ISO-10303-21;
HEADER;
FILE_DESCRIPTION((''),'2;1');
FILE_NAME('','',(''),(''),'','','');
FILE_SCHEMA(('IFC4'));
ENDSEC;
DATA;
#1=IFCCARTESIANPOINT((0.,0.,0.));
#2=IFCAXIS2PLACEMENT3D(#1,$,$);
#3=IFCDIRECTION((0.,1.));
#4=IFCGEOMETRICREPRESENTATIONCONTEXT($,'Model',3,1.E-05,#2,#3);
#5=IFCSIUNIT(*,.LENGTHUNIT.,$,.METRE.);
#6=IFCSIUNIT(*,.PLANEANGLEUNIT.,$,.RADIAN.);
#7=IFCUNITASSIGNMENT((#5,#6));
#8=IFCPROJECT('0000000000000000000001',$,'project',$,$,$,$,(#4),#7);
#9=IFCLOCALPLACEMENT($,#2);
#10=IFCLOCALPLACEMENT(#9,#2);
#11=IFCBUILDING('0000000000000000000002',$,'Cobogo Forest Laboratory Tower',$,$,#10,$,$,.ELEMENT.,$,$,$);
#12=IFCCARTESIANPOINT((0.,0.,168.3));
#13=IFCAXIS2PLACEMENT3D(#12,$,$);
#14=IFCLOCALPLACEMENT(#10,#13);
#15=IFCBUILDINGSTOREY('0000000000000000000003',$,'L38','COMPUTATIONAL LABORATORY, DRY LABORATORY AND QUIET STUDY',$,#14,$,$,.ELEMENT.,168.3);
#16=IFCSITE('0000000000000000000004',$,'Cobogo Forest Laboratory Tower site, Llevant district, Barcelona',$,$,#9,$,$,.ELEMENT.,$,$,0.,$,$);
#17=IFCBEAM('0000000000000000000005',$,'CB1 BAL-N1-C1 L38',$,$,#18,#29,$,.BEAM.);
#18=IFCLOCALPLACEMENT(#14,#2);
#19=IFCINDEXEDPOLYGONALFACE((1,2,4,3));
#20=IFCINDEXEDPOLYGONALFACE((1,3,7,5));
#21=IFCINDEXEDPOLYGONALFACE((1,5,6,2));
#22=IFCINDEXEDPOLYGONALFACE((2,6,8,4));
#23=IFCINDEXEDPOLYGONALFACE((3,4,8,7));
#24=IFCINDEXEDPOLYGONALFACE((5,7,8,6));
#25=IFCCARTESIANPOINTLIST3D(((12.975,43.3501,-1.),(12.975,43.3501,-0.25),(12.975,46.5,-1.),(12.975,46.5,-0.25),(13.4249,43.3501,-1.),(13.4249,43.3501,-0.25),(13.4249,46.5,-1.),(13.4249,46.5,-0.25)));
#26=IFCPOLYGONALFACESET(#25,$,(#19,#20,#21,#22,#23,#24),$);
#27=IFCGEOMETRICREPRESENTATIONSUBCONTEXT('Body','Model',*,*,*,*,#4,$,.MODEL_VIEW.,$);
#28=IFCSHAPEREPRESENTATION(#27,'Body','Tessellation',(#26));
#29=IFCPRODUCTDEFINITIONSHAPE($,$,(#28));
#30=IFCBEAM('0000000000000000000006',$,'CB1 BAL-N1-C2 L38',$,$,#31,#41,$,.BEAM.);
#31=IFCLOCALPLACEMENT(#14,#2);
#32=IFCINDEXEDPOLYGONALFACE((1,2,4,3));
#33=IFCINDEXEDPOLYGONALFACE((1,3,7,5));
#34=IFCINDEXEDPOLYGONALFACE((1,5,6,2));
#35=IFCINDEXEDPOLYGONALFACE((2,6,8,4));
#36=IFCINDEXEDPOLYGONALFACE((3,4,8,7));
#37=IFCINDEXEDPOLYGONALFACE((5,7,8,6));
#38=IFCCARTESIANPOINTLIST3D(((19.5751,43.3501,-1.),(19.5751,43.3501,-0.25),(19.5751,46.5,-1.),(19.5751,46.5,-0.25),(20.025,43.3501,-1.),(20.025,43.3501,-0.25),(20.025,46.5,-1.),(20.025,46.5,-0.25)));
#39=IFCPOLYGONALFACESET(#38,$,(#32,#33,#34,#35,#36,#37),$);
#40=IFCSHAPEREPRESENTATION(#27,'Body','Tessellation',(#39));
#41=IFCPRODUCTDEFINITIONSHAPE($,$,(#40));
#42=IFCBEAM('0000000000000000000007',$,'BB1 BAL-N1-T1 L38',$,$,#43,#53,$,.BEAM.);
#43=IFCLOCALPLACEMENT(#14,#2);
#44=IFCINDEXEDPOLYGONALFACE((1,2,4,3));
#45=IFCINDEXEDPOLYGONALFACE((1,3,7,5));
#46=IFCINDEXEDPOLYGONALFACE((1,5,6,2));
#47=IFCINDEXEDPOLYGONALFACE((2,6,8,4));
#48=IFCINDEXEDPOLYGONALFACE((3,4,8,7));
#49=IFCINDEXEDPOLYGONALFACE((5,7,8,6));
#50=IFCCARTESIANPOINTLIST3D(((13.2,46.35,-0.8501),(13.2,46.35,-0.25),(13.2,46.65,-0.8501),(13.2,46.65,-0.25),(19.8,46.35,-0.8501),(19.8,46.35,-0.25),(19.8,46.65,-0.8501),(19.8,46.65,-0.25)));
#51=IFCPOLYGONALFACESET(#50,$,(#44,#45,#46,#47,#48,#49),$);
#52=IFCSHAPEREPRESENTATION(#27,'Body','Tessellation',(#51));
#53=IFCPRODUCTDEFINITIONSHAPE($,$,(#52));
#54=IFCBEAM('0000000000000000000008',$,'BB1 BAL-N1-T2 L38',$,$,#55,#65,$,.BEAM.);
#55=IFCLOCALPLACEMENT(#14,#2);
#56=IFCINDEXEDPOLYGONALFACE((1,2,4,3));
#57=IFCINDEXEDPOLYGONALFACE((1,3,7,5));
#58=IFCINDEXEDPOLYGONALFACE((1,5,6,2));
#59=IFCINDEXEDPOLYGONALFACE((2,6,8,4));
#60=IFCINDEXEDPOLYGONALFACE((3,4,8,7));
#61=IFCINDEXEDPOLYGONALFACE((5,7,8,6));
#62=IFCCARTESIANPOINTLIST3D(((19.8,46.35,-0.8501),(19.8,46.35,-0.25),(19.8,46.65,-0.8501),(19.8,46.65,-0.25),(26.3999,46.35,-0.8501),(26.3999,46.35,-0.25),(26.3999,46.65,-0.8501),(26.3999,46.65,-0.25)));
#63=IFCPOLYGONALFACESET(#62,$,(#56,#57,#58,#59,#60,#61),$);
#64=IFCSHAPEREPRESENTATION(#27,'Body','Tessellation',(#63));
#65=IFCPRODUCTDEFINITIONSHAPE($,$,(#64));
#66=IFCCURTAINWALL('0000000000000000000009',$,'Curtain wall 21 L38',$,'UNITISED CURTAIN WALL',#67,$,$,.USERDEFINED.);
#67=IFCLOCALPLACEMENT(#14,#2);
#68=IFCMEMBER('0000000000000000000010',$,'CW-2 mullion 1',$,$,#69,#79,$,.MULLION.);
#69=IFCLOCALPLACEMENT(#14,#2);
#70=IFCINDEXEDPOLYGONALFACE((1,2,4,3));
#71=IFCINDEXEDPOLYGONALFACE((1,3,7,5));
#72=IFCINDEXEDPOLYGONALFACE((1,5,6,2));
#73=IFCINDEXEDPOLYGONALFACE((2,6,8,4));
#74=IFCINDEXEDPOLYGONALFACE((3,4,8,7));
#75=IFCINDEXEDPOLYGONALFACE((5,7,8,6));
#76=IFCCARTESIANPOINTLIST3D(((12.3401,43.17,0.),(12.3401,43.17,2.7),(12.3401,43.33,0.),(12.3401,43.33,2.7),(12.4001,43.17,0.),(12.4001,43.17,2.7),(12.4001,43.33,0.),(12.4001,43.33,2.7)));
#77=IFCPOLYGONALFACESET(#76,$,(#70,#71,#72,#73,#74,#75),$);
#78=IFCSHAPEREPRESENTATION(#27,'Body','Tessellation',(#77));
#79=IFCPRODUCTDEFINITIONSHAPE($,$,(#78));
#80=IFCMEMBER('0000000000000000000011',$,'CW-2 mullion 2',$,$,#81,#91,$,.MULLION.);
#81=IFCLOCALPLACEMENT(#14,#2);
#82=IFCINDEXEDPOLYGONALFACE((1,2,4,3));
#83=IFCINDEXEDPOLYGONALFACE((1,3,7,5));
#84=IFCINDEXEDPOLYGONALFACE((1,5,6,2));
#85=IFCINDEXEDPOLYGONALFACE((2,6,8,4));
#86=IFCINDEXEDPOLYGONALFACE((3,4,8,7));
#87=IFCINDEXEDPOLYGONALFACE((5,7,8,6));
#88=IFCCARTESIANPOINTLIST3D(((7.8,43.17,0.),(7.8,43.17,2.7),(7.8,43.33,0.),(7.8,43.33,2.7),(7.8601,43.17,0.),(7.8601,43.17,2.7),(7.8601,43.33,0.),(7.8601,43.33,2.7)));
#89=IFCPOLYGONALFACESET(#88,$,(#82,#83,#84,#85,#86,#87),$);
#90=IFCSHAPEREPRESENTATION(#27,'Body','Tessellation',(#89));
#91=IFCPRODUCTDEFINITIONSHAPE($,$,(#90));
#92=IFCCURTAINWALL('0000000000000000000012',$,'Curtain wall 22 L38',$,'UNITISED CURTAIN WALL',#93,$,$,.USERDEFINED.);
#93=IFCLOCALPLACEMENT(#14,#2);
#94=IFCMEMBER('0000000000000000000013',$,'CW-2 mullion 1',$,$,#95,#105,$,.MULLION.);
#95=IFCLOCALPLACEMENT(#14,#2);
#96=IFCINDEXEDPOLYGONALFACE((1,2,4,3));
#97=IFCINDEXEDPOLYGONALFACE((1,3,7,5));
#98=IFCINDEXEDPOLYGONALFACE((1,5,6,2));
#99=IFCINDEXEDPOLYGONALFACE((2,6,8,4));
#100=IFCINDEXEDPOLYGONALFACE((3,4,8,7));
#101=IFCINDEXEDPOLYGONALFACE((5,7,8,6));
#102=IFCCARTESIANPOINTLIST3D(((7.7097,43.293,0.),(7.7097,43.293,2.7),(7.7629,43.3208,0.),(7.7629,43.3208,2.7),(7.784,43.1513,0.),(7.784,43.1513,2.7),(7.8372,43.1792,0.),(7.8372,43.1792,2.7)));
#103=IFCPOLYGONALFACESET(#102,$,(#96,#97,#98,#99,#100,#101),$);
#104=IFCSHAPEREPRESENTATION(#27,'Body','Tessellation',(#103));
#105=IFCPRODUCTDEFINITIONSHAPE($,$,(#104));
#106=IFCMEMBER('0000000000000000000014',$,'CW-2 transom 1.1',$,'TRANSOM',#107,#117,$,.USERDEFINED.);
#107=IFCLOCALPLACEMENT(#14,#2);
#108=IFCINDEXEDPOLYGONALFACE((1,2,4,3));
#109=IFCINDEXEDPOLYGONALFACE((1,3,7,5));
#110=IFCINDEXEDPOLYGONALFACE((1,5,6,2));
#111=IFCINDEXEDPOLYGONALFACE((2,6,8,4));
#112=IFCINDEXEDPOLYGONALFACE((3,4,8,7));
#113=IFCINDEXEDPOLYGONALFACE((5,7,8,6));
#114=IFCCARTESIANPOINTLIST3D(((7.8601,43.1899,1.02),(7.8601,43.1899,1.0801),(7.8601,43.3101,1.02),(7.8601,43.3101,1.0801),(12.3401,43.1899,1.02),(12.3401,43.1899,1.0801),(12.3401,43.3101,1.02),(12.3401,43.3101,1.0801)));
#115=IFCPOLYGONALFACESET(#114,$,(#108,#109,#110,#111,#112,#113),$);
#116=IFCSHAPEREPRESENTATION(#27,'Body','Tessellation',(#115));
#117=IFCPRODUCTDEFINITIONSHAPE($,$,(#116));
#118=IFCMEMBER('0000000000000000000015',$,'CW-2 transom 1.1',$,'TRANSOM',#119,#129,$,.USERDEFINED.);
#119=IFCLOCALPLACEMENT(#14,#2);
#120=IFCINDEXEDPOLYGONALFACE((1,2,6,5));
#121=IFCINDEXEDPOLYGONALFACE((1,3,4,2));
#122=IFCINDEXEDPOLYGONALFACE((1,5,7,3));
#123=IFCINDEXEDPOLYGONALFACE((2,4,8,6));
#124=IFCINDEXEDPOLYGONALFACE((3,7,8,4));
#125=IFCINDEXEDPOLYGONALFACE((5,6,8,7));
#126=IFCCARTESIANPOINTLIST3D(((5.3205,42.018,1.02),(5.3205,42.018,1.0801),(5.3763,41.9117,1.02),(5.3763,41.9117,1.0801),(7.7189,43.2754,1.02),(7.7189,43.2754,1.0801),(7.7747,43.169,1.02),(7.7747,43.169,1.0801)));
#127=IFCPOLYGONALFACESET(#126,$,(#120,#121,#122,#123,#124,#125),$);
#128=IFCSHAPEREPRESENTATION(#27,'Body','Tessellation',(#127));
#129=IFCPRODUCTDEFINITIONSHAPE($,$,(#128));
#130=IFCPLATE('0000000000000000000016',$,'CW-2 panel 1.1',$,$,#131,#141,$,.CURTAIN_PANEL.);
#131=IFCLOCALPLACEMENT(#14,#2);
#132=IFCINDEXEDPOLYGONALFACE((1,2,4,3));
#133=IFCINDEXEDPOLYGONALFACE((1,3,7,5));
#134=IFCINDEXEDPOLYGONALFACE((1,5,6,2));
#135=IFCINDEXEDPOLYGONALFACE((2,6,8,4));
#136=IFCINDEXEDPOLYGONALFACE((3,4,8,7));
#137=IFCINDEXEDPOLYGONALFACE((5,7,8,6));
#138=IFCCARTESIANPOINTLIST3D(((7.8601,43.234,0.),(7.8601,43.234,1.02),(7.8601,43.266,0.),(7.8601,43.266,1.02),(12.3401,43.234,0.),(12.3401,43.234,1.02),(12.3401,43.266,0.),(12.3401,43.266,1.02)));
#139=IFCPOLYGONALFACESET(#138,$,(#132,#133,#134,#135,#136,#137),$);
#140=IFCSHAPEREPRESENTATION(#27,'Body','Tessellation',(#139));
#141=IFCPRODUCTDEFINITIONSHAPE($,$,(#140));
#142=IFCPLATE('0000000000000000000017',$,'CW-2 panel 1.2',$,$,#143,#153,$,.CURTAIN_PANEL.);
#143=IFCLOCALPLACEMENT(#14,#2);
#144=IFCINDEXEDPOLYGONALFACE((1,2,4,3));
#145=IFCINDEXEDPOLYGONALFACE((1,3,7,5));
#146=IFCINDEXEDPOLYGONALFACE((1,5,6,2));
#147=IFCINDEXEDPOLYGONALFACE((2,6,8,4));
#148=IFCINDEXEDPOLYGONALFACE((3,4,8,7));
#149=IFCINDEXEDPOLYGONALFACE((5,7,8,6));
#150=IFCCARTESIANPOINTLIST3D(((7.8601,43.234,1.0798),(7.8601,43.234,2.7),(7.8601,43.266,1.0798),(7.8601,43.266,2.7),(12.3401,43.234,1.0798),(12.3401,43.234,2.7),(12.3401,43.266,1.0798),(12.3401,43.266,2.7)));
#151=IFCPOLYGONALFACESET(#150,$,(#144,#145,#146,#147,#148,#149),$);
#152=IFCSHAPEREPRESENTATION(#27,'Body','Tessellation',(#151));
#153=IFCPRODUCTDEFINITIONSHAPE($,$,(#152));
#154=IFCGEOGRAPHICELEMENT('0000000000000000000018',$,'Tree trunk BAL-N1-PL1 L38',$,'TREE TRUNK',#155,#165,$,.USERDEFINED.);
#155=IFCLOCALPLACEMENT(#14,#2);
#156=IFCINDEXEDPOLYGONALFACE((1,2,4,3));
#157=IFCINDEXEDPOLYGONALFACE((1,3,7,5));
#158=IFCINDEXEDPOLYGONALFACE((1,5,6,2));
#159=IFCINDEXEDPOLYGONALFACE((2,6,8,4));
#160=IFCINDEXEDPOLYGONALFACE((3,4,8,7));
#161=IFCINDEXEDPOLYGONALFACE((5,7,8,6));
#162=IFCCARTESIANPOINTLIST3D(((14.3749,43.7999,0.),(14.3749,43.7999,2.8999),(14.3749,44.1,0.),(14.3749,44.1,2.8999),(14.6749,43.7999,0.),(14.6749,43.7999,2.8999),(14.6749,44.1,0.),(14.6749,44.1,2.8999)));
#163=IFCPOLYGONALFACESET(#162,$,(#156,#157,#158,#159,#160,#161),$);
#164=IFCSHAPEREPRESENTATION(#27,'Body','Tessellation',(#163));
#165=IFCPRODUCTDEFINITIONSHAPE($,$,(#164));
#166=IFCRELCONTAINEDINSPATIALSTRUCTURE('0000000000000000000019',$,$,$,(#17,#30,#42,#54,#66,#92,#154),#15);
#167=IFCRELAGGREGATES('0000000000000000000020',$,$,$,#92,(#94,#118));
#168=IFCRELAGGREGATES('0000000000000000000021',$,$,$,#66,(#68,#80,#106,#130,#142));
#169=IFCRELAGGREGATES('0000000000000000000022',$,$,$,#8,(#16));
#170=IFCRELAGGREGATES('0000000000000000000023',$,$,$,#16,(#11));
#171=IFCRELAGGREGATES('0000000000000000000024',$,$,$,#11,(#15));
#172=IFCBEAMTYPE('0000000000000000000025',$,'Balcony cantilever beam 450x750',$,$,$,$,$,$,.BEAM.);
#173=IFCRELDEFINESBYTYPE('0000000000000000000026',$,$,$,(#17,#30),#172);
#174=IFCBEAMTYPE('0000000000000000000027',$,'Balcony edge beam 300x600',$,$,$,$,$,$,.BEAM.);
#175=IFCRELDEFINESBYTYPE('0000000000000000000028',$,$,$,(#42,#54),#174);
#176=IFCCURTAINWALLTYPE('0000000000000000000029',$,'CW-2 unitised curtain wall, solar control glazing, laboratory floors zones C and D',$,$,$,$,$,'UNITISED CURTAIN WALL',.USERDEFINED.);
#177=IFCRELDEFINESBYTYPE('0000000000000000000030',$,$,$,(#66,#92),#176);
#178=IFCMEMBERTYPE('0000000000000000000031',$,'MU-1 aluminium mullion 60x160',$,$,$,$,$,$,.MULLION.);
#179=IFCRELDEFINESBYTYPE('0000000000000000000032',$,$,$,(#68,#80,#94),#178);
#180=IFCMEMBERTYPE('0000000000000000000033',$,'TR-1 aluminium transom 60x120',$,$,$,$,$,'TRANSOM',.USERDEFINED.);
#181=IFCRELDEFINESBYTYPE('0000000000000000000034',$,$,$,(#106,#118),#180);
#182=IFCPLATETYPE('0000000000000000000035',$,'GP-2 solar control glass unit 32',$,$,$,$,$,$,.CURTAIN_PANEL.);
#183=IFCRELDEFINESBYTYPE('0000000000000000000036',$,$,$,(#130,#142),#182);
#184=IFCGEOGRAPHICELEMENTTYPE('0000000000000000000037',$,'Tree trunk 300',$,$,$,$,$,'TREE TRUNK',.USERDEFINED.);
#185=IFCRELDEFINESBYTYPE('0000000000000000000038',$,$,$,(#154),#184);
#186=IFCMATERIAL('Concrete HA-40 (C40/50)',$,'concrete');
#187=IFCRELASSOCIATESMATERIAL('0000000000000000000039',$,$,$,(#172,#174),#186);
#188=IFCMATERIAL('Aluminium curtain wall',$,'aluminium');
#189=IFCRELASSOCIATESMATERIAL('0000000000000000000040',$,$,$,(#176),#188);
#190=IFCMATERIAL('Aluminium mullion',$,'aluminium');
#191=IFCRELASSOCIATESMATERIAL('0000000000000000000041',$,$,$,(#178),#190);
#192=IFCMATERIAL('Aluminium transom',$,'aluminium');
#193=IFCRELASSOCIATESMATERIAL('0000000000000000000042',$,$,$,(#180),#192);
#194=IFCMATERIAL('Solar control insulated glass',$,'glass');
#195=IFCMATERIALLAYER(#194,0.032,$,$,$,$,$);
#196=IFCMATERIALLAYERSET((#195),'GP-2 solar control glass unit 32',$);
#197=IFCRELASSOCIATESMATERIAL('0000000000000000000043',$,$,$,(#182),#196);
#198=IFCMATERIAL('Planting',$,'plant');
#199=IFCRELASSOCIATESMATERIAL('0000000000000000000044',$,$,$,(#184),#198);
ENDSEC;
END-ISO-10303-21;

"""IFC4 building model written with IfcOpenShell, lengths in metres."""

from ifc_helpers import new_model, si_unit, direction, frame, origin, origin_2d, place, context, subcontext, project, spatial, rectangle, extrude, material, layer, layer_set, material_profile, profile_set, type_object, element, aggregate, save


model = new_model("IFC4")

# Units and contexts
model_context = context("Model", 3, precision=1e-05, world=origin(), true_north=direction((0.0, 1.0)))
body_context = subcontext(model_context, "Body", "Model", "MODEL_VIEW")
ifc_project = project(units=[si_unit("LENGTHUNIT", "METRE"), si_unit("PLANEANGLEUNIT", "RADIAN")], contexts=[model_context])

# Site, building, storey
site_placement = place(None, origin())
site = spatial("IfcSite", under=ifc_project, at=site_placement, Name="Cobogo Forest Laboratory Tower site, Llevant district, Barcelona", CompositionType="ELEMENT", RefElevation=0.0)
building_placement = place(site_placement, origin())
building = spatial("IfcBuilding", under=site, at=building_placement, Name="Cobogo Forest Laboratory Tower", CompositionType="ELEMENT")
storey_placement = place(building_placement, frame((0.0, 0.0, 168.3)))
storey = spatial("IfcBuildingStorey", under=building, at=storey_placement, Name="L38", Description="COMPUTATIONAL LABORATORY, DRY LABORATORY AND QUIET STUDY", CompositionType="ELEMENT", Elevation=168.3)

# Beams
ifc_material_1 = material(Name="Concrete HA-40 (C40/50)", Category="concrete")
ifc_material_profile_1 = material_profile(ifc_material_1, rectangle(XDim=0.45, YDim=0.75, at=origin_2d()), Name="RC 450x750")
ifc_profile_set_1 = profile_set([ifc_material_profile_1], Name="Concrete HA-40 (C40/50)")
beam_type_1 = type_object("IfcBeamType", Name="Balcony cantilever beam 450x750", PredefinedType="BEAM", material=ifc_profile_set_1)
for number, where, z_axis, x_axis, name in (
    (1, (13.2, 43.3501, -0.625), (0.0, 1.0, 0.0), (-1.0, 0.0, 0.0), "CB1 BAL-N1-C1 L38"),
    (2, (19.8, 43.3501, -0.625), (0.0, 1.0, 0.0), (-1.0, 0.0, 0.0), "CB1 BAL-N1-C2 L38"),
):
    element("IfcBeam", number, at=place(storey_placement, frame(where, z_axis=z_axis, x_axis=x_axis)), inside=storey, type_object=beam_type_1, Name=name, PredefinedType="BEAM", context=body_context, shape_type="SweptSolid", body=[
        extrude(rectangle(XDim=0.45, YDim=0.75, at=origin_2d()), origin(), (0.0, 0.0, 1.0), 3.1499),
    ])
ifc_material_profile_2 = material_profile(ifc_material_1, rectangle(XDim=0.3, YDim=0.6001, at=origin_2d()), Name="RC 300x600")
ifc_profile_set_2 = profile_set([ifc_material_profile_2], Name="Concrete HA-40 (C40/50)")
beam_type_2 = type_object("IfcBeamType", Name="Balcony edge beam 300x600", PredefinedType="BEAM", material=ifc_profile_set_2)
beam_1_placement = place(storey_placement, frame((13.2, 46.5, -0.55), z_axis=(1.0, 0.0, 0.0), x_axis=(0.0, 1.0, 0.0)))
element("IfcBeam", 3, at=beam_1_placement, inside=storey, type_object=beam_type_2, Name="BB1 BAL-N1-T1 L38", PredefinedType="BEAM", context=body_context, shape_type="SweptSolid", body=[
    extrude(rectangle(XDim=0.3, YDim=0.6001, at=origin_2d()), origin(), (0.0, 0.0, 1.0), 6.6001),
])
beam_2_placement = place(storey_placement, frame((19.8, 46.5, -0.55), z_axis=(1.0, 0.0, 0.0), x_axis=(0.0, 1.0, 0.0)))
element("IfcBeam", 4, at=beam_2_placement, inside=storey, type_object=beam_type_2, Name="BB1 BAL-N1-T2 L38", PredefinedType="BEAM", context=body_context, shape_type="SweptSolid", body=[
    extrude(rectangle(XDim=0.3, YDim=0.6001, at=origin_2d()), origin(), (0.0, 0.0, 1.0), 6.5999),
])

# Curtain wall, members
ifc_material_2 = material(Name="Aluminium curtain wall", Category="aluminium")
curtain_wall_type = type_object("IfcCurtainWallType", Name="CW-2 unitised curtain wall, solar control glazing, laboratory floors zones C and D", ElementType="UNITISED CURTAIN WALL", PredefinedType="USERDEFINED", material=ifc_material_2)
curtain_wall_1_placement = place(storey_placement, origin())
curtain_wall_1 = element("IfcCurtainWall", 5, at=curtain_wall_1_placement, inside=storey, type_object=curtain_wall_type, Name="Curtain wall 21 L38", ObjectType="UNITISED CURTAIN WALL", PredefinedType="USERDEFINED")
ifc_material_3 = material(Name="Aluminium mullion", Category="aluminium")
ifc_material_profile_3 = material_profile(ifc_material_3, rectangle(XDim=0.0601, YDim=0.1599, at=origin_2d()), Name="AL 60x160")
ifc_profile_set_3 = profile_set([ifc_material_profile_3], Name="Aluminium mullion")
member_type_1 = type_object("IfcMemberType", Name="MU-1 aluminium mullion 60x160", PredefinedType="MULLION", material=ifc_profile_set_3)
member_1_placement = place(storey_placement, frame((12.3701, 43.25, 0.0), z_axis=(0.0, 0.0, 1.0), x_axis=(-1.0, 0.0, 0.0)))
member_1 = element("IfcMember", 6, at=member_1_placement, type_object=member_type_1, Name="CW-2 mullion 1", PredefinedType="MULLION", context=body_context, shape_type="SweptSolid", body=[
    extrude(rectangle(XDim=0.0601, YDim=0.1599, at=origin_2d()), origin(), (0.0, 0.0, 1.0), 2.7),
])
member_2_placement = place(storey_placement, frame((7.8301, 43.25, 0.0), z_axis=(0.0, 0.0, 1.0), x_axis=(-1.0, 0.0, 0.0)))
member_2 = element("IfcMember", 7, at=member_2_placement, type_object=member_type_1, Name="CW-2 mullion 2", PredefinedType="MULLION", context=body_context, shape_type="SweptSolid", body=[
    extrude(rectangle(XDim=0.0601, YDim=0.1599, at=origin_2d()), origin(), (0.0, 0.0, 1.0), 2.7),
])

# Curtain wall, member
curtain_wall_2_placement = place(storey_placement, origin())
curtain_wall_2 = element("IfcCurtainWall", 8, at=curtain_wall_2_placement, inside=storey, type_object=curtain_wall_type, Name="Curtain wall 22 L38", ObjectType="UNITISED CURTAIN WALL", PredefinedType="USERDEFINED")
member_3_placement = place(storey_placement, frame((7.7734, 43.2361, 0.0), z_axis=(0.0, 0.0, 1.0), x_axis=(-0.885686, -0.464284, 0.0)))
member_3 = element("IfcMember", 9, at=member_3_placement, type_object=member_type_1, Name="CW-2 mullion 1", PredefinedType="MULLION", context=body_context, shape_type="SweptSolid", body=[
    extrude(rectangle(XDim=0.0601, YDim=0.1599, at=origin_2d()), origin(), (0.0, 0.0, 1.0), 2.7),
])

# Members
ifc_material_4 = material(Name="Aluminium transom", Category="aluminium")
ifc_material_profile_4 = material_profile(ifc_material_4, rectangle(XDim=0.1201, YDim=0.0601, at=origin_2d()), Name="AL 60x120")
ifc_profile_set_4 = profile_set([ifc_material_profile_4], Name="Aluminium transom")
member_type_2 = type_object("IfcMemberType", Name="TR-1 aluminium transom 60x120", ElementType="TRANSOM", PredefinedType="USERDEFINED", material=ifc_profile_set_4)
member_4_placement = place(storey_placement, frame((12.3401, 43.25, 1.05), z_axis=(-1.0, 0.0, 0.0), x_axis=(0.0, -1.0, 0.0)))
member_4 = element("IfcMember", 10, at=member_4_placement, type_object=member_type_2, Name="CW-2 transom 1.1", ObjectType="TRANSOM", PredefinedType="USERDEFINED", context=body_context, shape_type="SweptSolid", body=[
    extrude(rectangle(XDim=0.1201, YDim=0.0601, at=origin_2d()), origin(), (0.0, 0.0, 1.0), 4.48),
])
member_5_placement = place(storey_placement, frame((7.7468, 43.2222, 1.05), z_axis=(-0.88568, -0.464297, 0.0), x_axis=(0.464297, -0.88568, 0.0)))
member_5 = element("IfcMember", 11, at=member_5_placement, type_object=member_type_2, Name="CW-2 transom 1.1", ObjectType="TRANSOM", PredefinedType="USERDEFINED", context=body_context, shape_type="SweptSolid", body=[
    extrude(rectangle(XDim=0.1201, YDim=0.0601, at=origin_2d()), origin(), (0.0, 0.0, 1.0), 2.708),
])
aggregate(curtain_wall_2, [member_3, member_5])

# Plates
ifc_material_5 = material(Name="Solar control insulated glass", Category="glass")
ifc_layer_1 = layer(ifc_material_5, 0.032)
ifc_layer_set_1 = layer_set([ifc_layer_1], Name="GP-2 solar control glass unit 32")
plate_type = type_object("IfcPlateType", Name="GP-2 solar control glass unit 32", PredefinedType="CURTAIN_PANEL", material=ifc_layer_set_1)
plate_1_placement = place(storey_placement, frame((10.1001, 43.25, 0.0), z_axis=(0.0, 0.0, 1.0), x_axis=(-1.0, 0.0, 0.0)))
plate_1 = element("IfcPlate", 12, at=plate_1_placement, type_object=plate_type, Name="CW-2 panel 1.1", PredefinedType="CURTAIN_PANEL", context=body_context, shape_type="SweptSolid", body=[
    extrude(rectangle(XDim=4.48, YDim=0.032, at=origin_2d()), origin(), (0.0, 0.0, 1.0), 1.02),
])
plate_2_placement = place(storey_placement, frame((10.1001, 43.25, 1.0798), z_axis=(0.0, 0.0, 1.0), x_axis=(-1.0, 0.0, 0.0)))
plate_2 = element("IfcPlate", 13, at=plate_2_placement, type_object=plate_type, Name="CW-2 panel 1.2", PredefinedType="CURTAIN_PANEL", context=body_context, shape_type="SweptSolid", body=[
    extrude(rectangle(XDim=4.48, YDim=0.032, at=origin_2d()), origin(), (0.0, 0.0, 1.0), 1.6201),
])
aggregate(curtain_wall_1, [member_1, member_2, member_4, plate_1, plate_2])

# Geographic element
ifc_material_6 = material(Name="Planting", Category="plant")
geographic_element_type = type_object("IfcGeographicElementType", Name="Tree trunk 300", ElementType="TREE TRUNK", PredefinedType="USERDEFINED", material=ifc_material_6)
geographic_element_placement = place(storey_placement, frame((14.5249, 43.95, 0.0), z_axis=(0.0, 0.0, 1.0), x_axis=(1.0, 0.0, 0.0)))
element("IfcGeographicElement", 14, at=geographic_element_placement, inside=storey, type_object=geographic_element_type, Name="Tree trunk BAL-N1-PL1 L38", ObjectType="TREE TRUNK", PredefinedType="USERDEFINED", context=body_context, shape_type="SweptSolid", body=[
    extrude(rectangle(XDim=0.3, YDim=0.3, at=origin_2d()), origin(), (0.0, 0.0, 1.0), 2.8999),
])

save(model, "model.ifc")
